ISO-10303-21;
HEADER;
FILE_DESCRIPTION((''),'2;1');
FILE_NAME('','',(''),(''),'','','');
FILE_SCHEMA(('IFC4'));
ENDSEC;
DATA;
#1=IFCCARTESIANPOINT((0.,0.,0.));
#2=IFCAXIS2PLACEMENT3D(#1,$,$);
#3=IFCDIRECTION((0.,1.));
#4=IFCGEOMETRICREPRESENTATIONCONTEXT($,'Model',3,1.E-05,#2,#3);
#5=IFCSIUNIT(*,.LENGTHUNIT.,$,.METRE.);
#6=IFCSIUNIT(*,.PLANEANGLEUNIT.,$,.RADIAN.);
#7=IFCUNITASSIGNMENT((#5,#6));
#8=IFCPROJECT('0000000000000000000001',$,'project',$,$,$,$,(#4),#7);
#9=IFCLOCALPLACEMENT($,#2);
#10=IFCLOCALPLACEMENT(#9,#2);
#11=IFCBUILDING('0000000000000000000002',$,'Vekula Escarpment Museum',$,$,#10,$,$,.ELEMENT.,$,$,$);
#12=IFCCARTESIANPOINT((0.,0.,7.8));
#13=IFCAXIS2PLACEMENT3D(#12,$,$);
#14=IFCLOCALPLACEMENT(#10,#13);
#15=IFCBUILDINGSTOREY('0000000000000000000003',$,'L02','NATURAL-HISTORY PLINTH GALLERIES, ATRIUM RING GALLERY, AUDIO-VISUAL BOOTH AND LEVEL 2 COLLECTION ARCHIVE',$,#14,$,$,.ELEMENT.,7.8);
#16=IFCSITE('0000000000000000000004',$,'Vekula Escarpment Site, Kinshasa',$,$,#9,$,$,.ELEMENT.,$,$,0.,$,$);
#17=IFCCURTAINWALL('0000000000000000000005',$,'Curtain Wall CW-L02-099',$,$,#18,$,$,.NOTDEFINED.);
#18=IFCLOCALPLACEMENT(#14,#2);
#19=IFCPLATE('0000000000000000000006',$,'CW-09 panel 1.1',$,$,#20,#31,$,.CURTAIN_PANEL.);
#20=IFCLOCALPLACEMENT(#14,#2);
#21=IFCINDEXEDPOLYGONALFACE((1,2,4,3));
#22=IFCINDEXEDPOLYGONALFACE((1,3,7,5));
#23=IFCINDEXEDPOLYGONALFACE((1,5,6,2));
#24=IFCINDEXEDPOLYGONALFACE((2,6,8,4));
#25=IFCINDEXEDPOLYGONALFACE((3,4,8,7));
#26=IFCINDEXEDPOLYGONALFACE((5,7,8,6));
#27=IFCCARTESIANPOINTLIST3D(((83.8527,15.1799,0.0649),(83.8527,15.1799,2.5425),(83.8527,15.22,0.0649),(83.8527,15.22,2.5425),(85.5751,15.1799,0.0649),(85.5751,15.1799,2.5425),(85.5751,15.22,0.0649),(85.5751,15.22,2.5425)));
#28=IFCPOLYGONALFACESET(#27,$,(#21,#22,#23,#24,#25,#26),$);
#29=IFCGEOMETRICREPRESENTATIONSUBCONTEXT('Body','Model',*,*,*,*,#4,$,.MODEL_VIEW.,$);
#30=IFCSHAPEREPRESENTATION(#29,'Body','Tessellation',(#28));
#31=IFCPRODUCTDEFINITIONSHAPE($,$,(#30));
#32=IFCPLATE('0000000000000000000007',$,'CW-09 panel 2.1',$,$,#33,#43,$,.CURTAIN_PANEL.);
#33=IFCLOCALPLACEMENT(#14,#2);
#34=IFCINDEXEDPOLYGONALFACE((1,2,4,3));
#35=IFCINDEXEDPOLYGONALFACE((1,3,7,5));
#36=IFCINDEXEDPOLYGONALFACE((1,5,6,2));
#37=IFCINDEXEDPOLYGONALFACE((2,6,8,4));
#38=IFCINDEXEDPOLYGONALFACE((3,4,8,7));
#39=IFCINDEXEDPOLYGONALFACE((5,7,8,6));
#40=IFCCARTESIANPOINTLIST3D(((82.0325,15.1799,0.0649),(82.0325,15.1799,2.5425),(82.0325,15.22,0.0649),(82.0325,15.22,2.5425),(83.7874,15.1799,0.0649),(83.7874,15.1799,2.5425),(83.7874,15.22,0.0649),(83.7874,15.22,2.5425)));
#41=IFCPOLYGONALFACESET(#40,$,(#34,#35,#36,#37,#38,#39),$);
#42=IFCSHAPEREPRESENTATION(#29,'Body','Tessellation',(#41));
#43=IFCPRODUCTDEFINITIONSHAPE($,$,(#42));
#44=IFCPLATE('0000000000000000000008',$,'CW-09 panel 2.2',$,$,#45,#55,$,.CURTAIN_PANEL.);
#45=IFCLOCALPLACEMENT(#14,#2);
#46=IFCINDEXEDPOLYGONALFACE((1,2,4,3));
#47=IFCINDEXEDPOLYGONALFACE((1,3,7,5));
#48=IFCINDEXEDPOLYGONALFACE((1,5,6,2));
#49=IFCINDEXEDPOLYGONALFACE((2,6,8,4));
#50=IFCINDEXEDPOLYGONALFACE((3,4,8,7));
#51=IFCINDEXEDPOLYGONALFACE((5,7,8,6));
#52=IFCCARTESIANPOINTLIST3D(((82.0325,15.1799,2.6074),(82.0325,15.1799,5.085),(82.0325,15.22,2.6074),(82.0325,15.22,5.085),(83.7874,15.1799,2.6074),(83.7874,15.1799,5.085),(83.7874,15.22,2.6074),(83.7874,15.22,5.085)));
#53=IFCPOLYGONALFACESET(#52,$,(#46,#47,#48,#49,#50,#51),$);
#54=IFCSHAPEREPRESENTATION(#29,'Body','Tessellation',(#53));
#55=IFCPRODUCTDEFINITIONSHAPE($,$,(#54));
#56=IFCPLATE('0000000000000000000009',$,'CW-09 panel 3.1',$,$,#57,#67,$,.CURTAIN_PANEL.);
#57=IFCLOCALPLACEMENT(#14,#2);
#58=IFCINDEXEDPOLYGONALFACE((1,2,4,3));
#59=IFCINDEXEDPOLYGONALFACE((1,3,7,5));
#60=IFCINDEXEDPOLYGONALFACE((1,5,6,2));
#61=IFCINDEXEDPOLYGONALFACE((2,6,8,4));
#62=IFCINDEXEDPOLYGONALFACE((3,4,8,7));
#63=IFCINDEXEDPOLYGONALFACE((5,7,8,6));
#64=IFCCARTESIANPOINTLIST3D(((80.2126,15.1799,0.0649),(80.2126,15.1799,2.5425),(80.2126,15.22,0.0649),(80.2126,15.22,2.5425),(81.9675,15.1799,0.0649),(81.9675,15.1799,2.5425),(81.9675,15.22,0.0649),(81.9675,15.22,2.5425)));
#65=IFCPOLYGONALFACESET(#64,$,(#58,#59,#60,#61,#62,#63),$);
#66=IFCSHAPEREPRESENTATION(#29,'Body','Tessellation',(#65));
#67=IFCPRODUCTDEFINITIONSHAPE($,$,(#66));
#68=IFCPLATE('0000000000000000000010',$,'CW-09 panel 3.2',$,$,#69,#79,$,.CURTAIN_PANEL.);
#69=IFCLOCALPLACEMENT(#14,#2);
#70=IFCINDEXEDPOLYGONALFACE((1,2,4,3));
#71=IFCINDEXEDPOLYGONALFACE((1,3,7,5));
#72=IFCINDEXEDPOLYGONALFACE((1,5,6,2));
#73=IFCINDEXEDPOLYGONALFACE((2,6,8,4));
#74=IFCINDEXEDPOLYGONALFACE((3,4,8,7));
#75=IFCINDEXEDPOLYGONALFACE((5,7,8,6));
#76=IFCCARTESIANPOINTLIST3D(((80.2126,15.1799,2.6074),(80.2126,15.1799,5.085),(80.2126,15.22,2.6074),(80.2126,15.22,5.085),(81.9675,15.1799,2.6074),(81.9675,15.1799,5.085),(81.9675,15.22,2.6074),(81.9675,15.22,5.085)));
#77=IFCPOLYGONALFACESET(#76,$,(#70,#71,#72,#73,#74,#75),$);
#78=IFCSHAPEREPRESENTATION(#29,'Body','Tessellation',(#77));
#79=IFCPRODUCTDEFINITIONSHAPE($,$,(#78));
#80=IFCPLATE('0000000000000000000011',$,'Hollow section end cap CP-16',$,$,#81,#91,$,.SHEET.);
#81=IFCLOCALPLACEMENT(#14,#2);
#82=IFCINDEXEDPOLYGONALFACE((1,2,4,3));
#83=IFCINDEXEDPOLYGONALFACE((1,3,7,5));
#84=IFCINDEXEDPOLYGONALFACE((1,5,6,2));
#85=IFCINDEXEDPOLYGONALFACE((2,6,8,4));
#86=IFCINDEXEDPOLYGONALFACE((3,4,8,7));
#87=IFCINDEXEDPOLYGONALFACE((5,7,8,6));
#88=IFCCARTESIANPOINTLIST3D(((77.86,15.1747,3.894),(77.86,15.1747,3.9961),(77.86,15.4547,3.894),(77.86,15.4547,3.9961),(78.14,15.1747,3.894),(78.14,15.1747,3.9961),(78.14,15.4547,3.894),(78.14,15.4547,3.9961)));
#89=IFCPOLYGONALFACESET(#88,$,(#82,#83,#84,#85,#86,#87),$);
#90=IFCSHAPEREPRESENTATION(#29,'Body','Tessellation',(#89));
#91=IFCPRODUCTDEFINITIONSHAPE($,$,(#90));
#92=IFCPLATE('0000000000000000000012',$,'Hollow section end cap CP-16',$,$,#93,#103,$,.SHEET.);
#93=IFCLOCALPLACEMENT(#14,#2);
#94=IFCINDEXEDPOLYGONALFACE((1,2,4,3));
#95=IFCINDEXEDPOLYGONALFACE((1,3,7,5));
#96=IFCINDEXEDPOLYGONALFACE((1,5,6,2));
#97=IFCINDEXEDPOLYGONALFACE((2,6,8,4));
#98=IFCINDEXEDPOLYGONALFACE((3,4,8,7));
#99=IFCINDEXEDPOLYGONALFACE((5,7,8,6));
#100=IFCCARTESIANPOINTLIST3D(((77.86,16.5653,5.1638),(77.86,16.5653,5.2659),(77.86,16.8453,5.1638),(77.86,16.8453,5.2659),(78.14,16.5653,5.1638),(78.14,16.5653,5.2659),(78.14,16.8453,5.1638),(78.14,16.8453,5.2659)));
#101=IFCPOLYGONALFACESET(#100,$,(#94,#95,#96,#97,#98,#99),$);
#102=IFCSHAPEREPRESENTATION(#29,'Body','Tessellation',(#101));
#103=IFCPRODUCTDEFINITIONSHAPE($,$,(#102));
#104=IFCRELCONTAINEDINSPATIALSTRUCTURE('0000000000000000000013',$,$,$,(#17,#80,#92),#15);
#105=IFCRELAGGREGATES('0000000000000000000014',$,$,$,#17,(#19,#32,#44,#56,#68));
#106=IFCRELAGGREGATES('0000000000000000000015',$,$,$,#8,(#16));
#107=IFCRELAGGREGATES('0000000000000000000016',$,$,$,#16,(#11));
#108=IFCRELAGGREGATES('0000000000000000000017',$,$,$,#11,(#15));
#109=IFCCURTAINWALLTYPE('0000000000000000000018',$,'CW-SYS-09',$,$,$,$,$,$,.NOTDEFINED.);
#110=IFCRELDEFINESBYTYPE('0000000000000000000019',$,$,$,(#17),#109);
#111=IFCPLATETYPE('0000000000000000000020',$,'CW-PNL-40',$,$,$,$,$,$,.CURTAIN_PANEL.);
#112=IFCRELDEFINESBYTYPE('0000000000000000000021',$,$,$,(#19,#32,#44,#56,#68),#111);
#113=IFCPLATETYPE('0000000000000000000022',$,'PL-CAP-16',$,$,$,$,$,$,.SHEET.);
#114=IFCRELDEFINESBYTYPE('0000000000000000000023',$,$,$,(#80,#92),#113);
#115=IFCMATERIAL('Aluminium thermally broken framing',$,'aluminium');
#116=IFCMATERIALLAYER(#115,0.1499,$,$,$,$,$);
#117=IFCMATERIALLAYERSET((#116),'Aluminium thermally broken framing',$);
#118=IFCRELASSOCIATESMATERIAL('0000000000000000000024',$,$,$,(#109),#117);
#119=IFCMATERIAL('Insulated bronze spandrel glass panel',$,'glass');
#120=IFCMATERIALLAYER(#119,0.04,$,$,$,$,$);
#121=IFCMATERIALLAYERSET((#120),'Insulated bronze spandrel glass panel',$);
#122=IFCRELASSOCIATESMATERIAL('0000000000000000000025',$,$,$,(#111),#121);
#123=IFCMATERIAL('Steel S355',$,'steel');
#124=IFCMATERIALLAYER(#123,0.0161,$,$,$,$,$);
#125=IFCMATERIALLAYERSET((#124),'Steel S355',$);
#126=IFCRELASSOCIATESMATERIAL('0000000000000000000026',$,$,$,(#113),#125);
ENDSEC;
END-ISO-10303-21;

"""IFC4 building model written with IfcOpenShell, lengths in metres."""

from ifc_helpers import new_model, si_unit, direction, frame, origin, origin_2d, place, context, subcontext, project, spatial, rectangle, extrude, material, layer, layer_set, type_object, element, aggregate, save


model = new_model("IFC4")

# Units and contexts
model_context = context("Model", 3, precision=1e-05, world=origin(), true_north=direction((0.0, 1.0)))
body_context = subcontext(model_context, "Body", "Model", "MODEL_VIEW")
ifc_project = project(units=[si_unit("LENGTHUNIT", "METRE"), si_unit("PLANEANGLEUNIT", "RADIAN")], contexts=[model_context])

# Site, building, storey
site_placement = place(None, origin())
site = spatial("IfcSite", under=ifc_project, at=site_placement, Name="Vekula Escarpment Site, Kinshasa", CompositionType="ELEMENT", RefElevation=0.0)
building_placement = place(site_placement, origin())
building = spatial("IfcBuilding", under=site, at=building_placement, Name="Vekula Escarpment Museum", CompositionType="ELEMENT")
storey_placement = place(building_placement, frame((0.0, 0.0, 7.8)))
storey = spatial("IfcBuildingStorey", under=building, at=storey_placement, Name="L02", Description="NATURAL-HISTORY PLINTH GALLERIES, ATRIUM RING GALLERY, AUDIO-VISUAL BOOTH AND LEVEL 2 COLLECTION ARCHIVE", CompositionType="ELEMENT", Elevation=7.8)

# Curtain wall
ifc_material_1 = material(Name="Aluminium thermally broken framing", Category="aluminium")
ifc_layer_1 = layer(ifc_material_1, 0.1499)
ifc_layer_set_1 = layer_set([ifc_layer_1], Name="Aluminium thermally broken framing")
curtain_wall_type = type_object("IfcCurtainWallType", Name="CW-SYS-09", PredefinedType="NOTDEFINED", material=ifc_layer_set_1)
curtain_wall_placement = place(storey_placement, origin())
curtain_wall = element("IfcCurtainWall", 1, at=curtain_wall_placement, inside=storey, type_object=curtain_wall_type, Name="Curtain Wall CW-L02-099", PredefinedType="NOTDEFINED")

# Plates
ifc_material_2 = material(Name="Insulated bronze spandrel glass panel", Category="glass")
ifc_layer_2 = layer(ifc_material_2, 0.04)
ifc_layer_set_2 = layer_set([ifc_layer_2], Name="Insulated bronze spandrel glass panel")
plate_type_1 = type_object("IfcPlateType", Name="CW-PNL-40", PredefinedType="CURTAIN_PANEL", material=ifc_layer_set_2)
plate_1_placement = place(storey_placement, frame((84.7139, 15.2, 0.0649), z_axis=(0.0, 0.0, 1.0), x_axis=(-1.0, 0.0, 0.0)))
plate_1 = element("IfcPlate", 2, at=plate_1_placement, type_object=plate_type_1, Name="CW-09 panel 1.1", PredefinedType="CURTAIN_PANEL", context=body_context, shape_type="SweptSolid", body=[
    extrude(rectangle(XDim=1.7224, YDim=0.04, at=origin_2d()), origin(), (0.0, 0.0, 1.0), 2.4775),
])
plate_2_placement = place(storey_placement, frame((82.9099, 15.2, 0.0649), z_axis=(0.0, 0.0, 1.0), x_axis=(-1.0, 0.0, 0.0)))
plate_2 = element("IfcPlate", 3, at=plate_2_placement, type_object=plate_type_1, Name="CW-09 panel 2.1", PredefinedType="CURTAIN_PANEL", context=body_context, shape_type="SweptSolid", body=[
    extrude(rectangle(XDim=1.7549, YDim=0.04, at=origin_2d()), origin(), (0.0, 0.0, 1.0), 2.4775),
])
plate_3_placement = place(storey_placement, frame((82.9099, 15.2, 2.6074), z_axis=(0.0, 0.0, 1.0), x_axis=(-1.0, 0.0, 0.0)))
plate_3 = element("IfcPlate", 4, at=plate_3_placement, type_object=plate_type_1, Name="CW-09 panel 2.2", PredefinedType="CURTAIN_PANEL", context=body_context, shape_type="SweptSolid", body=[
    extrude(rectangle(XDim=1.7549, YDim=0.04, at=origin_2d()), origin(), (0.0, 0.0, 1.0), 2.4775),
])
plate_4_placement = place(storey_placement, frame((81.0901, 15.2, 0.0649), z_axis=(0.0, 0.0, 1.0), x_axis=(-1.0, 0.0, 0.0)))
plate_4 = element("IfcPlate", 5, at=plate_4_placement, type_object=plate_type_1, Name="CW-09 panel 3.1", PredefinedType="CURTAIN_PANEL", context=body_context, shape_type="SweptSolid", body=[
    extrude(rectangle(XDim=1.7549, YDim=0.04, at=origin_2d()), origin(), (0.0, 0.0, 1.0), 2.4775),
])
plate_5_placement = place(storey_placement, frame((81.0901, 15.2, 2.6074), z_axis=(0.0, 0.0, 1.0), x_axis=(-1.0, 0.0, 0.0)))
plate_5 = element("IfcPlate", 6, at=plate_5_placement, type_object=plate_type_1, Name="CW-09 panel 3.2", PredefinedType="CURTAIN_PANEL", context=body_context, shape_type="SweptSolid", body=[
    extrude(rectangle(XDim=1.7549, YDim=0.04, at=origin_2d()), origin(), (0.0, 0.0, 1.0), 2.4775),
])
aggregate(curtain_wall, [plate_1, plate_2, plate_3, plate_4, plate_5])

# Plates
ifc_material_3 = material(Name="Steel S355", Category="steel")
ifc_layer_3 = layer(ifc_material_3, 0.0161)
ifc_layer_set_3 = layer_set([ifc_layer_3], Name="Steel S355")
plate_type_2 = type_object("IfcPlateType", Name="PL-CAP-16", PredefinedType="SHEET", material=ifc_layer_set_3)
for number, where, z_axis, x_axis, name in (
    (7, (78.0, 15.3147, 3.894), (0.0, 0.0, 1.0), (1.0, 0.0, 0.0), "Hollow section end cap CP-16"),
    (8, (78.0, 16.7053, 5.1638), (0.0, 0.0, 1.0), (1.0, 0.0, 0.0), "Hollow section end cap CP-16"),
):
    element("IfcPlate", number, at=place(storey_placement, frame(where, z_axis=z_axis, x_axis=x_axis)), inside=storey, type_object=plate_type_2, Name=name, PredefinedType="SHEET", context=body_context, shape_type="SweptSolid", body=[
        extrude(rectangle(XDim=0.28, YDim=0.28, at=origin_2d()), origin(), (0.0, 0.0, 1.0), 0.1021),
    ])

save(model, "model.ifc")
